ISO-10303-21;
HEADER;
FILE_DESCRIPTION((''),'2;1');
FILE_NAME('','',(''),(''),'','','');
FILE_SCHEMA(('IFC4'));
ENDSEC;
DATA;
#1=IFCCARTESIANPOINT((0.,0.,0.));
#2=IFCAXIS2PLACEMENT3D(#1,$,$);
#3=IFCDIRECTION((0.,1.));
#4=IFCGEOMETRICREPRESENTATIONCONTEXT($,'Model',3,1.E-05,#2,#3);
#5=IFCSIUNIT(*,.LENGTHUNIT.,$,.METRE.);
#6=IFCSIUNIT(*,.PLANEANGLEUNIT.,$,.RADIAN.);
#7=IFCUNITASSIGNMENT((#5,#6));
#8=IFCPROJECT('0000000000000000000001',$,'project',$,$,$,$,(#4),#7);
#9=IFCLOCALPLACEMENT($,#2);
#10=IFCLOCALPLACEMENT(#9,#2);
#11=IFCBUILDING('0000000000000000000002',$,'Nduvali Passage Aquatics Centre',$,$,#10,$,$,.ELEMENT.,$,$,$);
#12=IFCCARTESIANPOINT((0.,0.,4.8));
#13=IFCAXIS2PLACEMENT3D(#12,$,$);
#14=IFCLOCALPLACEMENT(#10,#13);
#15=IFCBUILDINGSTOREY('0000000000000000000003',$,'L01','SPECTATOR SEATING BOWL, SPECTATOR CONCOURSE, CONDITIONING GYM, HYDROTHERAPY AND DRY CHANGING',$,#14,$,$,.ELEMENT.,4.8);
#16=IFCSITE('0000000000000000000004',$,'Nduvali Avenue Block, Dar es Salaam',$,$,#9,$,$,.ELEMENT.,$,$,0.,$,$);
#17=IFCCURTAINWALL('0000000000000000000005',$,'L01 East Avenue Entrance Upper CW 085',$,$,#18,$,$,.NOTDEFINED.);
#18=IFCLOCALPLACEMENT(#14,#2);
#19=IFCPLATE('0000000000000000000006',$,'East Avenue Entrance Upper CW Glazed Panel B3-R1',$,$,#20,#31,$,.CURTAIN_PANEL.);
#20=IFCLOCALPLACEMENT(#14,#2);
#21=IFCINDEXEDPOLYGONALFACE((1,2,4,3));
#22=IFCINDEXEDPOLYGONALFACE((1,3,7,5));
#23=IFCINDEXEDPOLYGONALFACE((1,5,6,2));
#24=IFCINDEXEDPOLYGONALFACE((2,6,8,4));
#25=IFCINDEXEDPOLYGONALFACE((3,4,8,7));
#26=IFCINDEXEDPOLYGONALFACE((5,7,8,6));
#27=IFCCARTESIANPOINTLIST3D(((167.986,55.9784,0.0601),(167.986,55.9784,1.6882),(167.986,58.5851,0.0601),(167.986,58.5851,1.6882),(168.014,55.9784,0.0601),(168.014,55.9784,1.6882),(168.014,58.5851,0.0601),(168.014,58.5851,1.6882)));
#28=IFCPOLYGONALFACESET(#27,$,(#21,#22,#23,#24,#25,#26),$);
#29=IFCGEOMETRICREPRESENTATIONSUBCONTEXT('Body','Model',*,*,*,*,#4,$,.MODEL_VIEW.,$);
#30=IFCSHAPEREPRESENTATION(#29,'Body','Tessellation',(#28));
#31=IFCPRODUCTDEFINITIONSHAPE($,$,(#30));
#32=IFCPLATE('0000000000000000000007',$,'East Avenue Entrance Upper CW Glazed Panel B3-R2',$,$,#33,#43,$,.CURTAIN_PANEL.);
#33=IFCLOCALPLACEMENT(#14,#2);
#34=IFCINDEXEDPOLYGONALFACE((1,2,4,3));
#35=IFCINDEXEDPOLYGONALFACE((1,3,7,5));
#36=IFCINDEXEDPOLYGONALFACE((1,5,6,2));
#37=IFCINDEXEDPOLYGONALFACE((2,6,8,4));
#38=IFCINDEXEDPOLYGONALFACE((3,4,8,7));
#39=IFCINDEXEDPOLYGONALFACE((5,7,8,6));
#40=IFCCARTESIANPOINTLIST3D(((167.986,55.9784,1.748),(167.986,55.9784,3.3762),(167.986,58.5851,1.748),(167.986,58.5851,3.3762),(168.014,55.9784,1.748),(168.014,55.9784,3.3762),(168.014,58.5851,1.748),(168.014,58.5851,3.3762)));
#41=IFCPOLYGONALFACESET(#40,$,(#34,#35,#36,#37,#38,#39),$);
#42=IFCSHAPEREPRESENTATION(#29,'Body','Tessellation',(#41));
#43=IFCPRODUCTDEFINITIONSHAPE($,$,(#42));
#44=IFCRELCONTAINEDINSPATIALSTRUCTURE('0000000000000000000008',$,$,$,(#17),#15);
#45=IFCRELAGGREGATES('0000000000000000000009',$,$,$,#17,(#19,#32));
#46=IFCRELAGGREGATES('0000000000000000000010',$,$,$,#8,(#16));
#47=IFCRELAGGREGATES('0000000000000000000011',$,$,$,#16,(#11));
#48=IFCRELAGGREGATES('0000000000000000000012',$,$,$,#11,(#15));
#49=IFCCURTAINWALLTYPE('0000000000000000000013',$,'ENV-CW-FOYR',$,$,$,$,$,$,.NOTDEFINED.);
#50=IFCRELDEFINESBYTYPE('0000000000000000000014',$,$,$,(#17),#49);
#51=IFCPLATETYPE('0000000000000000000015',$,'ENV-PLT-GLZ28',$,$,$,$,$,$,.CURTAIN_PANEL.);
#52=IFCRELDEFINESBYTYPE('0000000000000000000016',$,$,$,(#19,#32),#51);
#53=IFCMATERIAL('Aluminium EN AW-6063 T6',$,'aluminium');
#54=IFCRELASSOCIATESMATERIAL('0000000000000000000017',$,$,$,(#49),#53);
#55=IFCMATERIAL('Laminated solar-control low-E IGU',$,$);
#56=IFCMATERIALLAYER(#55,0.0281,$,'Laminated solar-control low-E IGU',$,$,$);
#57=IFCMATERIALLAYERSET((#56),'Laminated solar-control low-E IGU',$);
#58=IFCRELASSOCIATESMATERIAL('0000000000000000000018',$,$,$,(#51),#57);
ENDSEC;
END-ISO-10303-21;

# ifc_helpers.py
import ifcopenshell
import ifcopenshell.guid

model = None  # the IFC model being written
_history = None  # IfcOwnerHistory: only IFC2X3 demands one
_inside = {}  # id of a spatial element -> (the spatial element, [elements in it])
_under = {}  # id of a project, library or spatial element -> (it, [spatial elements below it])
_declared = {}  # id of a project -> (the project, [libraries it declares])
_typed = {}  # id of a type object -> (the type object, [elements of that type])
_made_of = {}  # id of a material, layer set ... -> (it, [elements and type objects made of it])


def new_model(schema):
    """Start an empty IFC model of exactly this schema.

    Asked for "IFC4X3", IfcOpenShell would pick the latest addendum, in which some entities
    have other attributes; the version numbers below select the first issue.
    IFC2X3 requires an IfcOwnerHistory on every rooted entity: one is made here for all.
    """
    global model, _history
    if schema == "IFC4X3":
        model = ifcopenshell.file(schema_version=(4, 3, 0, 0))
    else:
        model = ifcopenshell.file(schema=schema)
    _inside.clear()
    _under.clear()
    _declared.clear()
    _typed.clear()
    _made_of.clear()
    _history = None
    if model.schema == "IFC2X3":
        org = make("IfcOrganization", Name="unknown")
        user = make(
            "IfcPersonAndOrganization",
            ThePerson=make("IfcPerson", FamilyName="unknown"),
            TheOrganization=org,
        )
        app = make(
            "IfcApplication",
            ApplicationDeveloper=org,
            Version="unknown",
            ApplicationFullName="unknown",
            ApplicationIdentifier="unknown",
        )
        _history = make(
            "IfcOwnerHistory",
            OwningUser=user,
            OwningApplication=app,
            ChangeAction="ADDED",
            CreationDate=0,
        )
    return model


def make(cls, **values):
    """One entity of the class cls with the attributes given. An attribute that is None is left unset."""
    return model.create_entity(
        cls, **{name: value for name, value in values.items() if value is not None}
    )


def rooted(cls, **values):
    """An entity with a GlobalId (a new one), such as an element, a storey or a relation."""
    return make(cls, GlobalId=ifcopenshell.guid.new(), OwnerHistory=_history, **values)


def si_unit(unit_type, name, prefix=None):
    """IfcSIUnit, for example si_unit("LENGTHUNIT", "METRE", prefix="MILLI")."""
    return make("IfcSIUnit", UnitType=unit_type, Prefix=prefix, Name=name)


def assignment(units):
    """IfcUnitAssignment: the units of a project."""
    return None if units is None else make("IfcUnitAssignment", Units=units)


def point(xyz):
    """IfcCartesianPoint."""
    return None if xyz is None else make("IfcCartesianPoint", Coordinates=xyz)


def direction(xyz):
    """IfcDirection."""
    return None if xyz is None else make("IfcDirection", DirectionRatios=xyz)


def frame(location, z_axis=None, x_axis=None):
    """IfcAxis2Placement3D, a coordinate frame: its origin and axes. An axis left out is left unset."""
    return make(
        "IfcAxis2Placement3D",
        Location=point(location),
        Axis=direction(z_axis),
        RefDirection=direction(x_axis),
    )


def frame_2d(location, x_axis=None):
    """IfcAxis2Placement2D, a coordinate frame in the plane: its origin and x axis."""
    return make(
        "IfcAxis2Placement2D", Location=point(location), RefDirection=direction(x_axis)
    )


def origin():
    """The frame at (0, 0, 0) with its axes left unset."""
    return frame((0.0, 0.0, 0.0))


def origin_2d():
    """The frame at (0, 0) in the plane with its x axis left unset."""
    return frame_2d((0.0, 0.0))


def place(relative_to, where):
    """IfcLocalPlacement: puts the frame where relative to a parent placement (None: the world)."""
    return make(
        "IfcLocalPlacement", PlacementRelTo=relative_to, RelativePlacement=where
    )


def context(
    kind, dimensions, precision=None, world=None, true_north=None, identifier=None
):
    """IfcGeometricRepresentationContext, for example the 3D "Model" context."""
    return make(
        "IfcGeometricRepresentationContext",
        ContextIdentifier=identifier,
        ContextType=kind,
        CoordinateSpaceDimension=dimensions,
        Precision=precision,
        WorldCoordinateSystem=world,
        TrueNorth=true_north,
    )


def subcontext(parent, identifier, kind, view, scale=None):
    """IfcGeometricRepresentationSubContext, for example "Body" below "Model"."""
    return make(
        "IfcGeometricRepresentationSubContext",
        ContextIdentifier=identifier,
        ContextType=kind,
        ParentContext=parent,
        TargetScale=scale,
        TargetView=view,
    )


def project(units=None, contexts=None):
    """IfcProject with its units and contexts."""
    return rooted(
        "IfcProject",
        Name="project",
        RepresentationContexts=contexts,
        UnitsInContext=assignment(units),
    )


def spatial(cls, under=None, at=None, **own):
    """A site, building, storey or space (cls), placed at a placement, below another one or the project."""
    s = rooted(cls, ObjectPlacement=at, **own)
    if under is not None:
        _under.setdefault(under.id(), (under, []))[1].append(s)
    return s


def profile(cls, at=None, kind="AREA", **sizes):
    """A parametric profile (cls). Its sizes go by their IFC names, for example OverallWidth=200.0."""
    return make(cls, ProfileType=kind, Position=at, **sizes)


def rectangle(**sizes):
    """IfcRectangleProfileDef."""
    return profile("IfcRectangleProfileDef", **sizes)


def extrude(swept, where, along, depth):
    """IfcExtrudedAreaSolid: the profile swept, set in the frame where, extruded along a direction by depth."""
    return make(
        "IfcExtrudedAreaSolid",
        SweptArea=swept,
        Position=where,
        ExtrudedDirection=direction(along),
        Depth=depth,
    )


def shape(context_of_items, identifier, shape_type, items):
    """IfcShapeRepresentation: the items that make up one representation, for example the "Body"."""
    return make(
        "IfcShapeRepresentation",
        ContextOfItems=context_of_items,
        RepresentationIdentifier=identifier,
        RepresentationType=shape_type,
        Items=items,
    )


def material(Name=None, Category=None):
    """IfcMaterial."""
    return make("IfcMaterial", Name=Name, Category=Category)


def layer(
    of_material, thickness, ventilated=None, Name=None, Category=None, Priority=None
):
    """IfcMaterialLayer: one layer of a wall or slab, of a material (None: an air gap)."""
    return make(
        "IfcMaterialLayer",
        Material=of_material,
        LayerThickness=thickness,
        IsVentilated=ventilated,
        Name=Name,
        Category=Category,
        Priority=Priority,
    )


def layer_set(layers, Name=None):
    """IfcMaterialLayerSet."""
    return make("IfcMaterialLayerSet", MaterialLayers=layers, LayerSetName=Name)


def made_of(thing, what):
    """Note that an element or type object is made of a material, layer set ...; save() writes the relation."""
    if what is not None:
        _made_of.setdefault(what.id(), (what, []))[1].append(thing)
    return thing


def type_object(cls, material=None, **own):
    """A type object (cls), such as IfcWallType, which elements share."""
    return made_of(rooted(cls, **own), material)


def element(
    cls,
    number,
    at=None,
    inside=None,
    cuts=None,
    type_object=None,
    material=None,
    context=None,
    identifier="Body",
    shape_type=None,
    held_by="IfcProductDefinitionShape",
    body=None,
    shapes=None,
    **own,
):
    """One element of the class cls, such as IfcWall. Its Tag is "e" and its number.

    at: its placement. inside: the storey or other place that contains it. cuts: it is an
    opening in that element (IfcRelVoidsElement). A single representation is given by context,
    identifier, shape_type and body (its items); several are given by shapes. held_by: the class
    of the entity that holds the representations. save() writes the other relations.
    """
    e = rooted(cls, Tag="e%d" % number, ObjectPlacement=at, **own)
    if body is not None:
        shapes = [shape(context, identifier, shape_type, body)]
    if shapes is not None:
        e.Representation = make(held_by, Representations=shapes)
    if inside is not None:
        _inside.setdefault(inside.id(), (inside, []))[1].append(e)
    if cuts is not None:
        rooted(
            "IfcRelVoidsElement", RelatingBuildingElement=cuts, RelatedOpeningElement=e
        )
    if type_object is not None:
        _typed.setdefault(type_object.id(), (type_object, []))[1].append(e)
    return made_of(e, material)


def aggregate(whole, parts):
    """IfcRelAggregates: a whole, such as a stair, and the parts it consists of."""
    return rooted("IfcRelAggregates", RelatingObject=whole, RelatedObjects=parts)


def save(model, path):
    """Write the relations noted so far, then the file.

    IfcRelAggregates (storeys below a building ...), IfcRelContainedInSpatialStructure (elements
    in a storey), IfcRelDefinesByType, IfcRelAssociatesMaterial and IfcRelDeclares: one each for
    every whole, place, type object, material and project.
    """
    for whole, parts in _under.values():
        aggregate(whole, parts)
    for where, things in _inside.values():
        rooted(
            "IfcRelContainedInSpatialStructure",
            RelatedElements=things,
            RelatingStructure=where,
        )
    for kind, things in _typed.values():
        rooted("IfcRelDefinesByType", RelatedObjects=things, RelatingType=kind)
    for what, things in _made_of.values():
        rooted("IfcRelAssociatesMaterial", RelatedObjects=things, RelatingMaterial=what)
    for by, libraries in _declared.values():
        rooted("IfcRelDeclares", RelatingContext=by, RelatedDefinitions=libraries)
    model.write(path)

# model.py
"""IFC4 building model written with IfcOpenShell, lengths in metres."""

from ifc_helpers import new_model, si_unit, direction, frame, origin, origin_2d, place, context, subcontext, project, spatial, rectangle, extrude, material, layer, layer_set, type_object, element, aggregate, save


model = new_model("IFC4")

# Units and contexts
model_context = context("Model", 3, precision=1e-05, world=origin(), true_north=direction((0.0, 1.0)))
body_context = subcontext(model_context, "Body", "Model", "MODEL_VIEW")
ifc_project = project(units=[si_unit("LENGTHUNIT", "METRE"), si_unit("PLANEANGLEUNIT", "RADIAN")], contexts=[model_context])

# Site, building, storey
site_placement = place(None, origin())
site = spatial("IfcSite", under=ifc_project, at=site_placement, Name="Nduvali Avenue Block, Dar es Salaam", CompositionType="ELEMENT", RefElevation=0.0)
building_placement = place(site_placement, origin())
building = spatial("IfcBuilding", under=site, at=building_placement, Name="Nduvali Passage Aquatics Centre", CompositionType="ELEMENT")
storey_placement = place(building_placement, frame((0.0, 0.0, 4.8)))
storey = spatial("IfcBuildingStorey", under=building, at=storey_placement, Name="L01", Description="SPECTATOR SEATING BOWL, SPECTATOR CONCOURSE, CONDITIONING GYM, HYDROTHERAPY AND DRY CHANGING", CompositionType="ELEMENT", Elevation=4.8)

# Curtain wall
ifc_material_1 = material(Name="Aluminium EN AW-6063 T6", Category="aluminium")
curtain_wall_type = type_object("IfcCurtainWallType", Name="ENV-CW-FOYR", PredefinedType="NOTDEFINED", material=ifc_material_1)
curtain_wall_1_placement = place(storey_placement, origin())
curtain_wall_1 = element("IfcCurtainWall", 1, at=curtain_wall_1_placement, inside=storey, type_object=curtain_wall_type, Name="L01 East Avenue Entrance Upper CW 085", PredefinedType="NOTDEFINED")

# Plates
ifc_material_2 = material(Name="Laminated solar-control low-E IGU")
ifc_layer = layer(ifc_material_2, 0.0281, Name="Laminated solar-control low-E IGU")
ifc_layer_set = layer_set([ifc_layer], Name="Laminated solar-control low-E IGU")
plate_type = type_object("IfcPlateType", Name="ENV-PLT-GLZ28", PredefinedType="CURTAIN_PANEL", material=ifc_layer_set)
plate_1_placement = place(storey_placement, frame((168.0, 57.2817, 0.0601), z_axis=(0.0, 0.0, 1.0), x_axis=(0.0, 1.0, 0.0)))
plate_1 = element("IfcPlate", 2, at=plate_1_placement, type_object=plate_type, Name="East Avenue Entrance Upper CW Glazed Panel B3-R1", PredefinedType="CURTAIN_PANEL", context=body_context, shape_type="SweptSolid", body=[
    extrude(rectangle(XDim=2.6067, YDim=0.0281, at=origin_2d()), origin(), (0.0, 0.0, 1.0), 1.6282),
])
plate_2_placement = place(storey_placement, frame((168.0, 57.2817, 1.748), z_axis=(0.0, 0.0, 1.0), x_axis=(0.0, 1.0, 0.0)))
plate_2 = element("IfcPlate", 3, at=plate_2_placement, type_object=plate_type, Name="East Avenue Entrance Upper CW Glazed Panel B3-R2", PredefinedType="CURTAIN_PANEL", context=body_context, shape_type="SweptSolid", body=[
    extrude(rectangle(XDim=2.6067, YDim=0.0281, at=origin_2d()), origin(), (0.0, 0.0, 1.0), 1.6282),
])
aggregate(curtain_wall_1, [plate_1, plate_2])

save(model, "model.ifc")
